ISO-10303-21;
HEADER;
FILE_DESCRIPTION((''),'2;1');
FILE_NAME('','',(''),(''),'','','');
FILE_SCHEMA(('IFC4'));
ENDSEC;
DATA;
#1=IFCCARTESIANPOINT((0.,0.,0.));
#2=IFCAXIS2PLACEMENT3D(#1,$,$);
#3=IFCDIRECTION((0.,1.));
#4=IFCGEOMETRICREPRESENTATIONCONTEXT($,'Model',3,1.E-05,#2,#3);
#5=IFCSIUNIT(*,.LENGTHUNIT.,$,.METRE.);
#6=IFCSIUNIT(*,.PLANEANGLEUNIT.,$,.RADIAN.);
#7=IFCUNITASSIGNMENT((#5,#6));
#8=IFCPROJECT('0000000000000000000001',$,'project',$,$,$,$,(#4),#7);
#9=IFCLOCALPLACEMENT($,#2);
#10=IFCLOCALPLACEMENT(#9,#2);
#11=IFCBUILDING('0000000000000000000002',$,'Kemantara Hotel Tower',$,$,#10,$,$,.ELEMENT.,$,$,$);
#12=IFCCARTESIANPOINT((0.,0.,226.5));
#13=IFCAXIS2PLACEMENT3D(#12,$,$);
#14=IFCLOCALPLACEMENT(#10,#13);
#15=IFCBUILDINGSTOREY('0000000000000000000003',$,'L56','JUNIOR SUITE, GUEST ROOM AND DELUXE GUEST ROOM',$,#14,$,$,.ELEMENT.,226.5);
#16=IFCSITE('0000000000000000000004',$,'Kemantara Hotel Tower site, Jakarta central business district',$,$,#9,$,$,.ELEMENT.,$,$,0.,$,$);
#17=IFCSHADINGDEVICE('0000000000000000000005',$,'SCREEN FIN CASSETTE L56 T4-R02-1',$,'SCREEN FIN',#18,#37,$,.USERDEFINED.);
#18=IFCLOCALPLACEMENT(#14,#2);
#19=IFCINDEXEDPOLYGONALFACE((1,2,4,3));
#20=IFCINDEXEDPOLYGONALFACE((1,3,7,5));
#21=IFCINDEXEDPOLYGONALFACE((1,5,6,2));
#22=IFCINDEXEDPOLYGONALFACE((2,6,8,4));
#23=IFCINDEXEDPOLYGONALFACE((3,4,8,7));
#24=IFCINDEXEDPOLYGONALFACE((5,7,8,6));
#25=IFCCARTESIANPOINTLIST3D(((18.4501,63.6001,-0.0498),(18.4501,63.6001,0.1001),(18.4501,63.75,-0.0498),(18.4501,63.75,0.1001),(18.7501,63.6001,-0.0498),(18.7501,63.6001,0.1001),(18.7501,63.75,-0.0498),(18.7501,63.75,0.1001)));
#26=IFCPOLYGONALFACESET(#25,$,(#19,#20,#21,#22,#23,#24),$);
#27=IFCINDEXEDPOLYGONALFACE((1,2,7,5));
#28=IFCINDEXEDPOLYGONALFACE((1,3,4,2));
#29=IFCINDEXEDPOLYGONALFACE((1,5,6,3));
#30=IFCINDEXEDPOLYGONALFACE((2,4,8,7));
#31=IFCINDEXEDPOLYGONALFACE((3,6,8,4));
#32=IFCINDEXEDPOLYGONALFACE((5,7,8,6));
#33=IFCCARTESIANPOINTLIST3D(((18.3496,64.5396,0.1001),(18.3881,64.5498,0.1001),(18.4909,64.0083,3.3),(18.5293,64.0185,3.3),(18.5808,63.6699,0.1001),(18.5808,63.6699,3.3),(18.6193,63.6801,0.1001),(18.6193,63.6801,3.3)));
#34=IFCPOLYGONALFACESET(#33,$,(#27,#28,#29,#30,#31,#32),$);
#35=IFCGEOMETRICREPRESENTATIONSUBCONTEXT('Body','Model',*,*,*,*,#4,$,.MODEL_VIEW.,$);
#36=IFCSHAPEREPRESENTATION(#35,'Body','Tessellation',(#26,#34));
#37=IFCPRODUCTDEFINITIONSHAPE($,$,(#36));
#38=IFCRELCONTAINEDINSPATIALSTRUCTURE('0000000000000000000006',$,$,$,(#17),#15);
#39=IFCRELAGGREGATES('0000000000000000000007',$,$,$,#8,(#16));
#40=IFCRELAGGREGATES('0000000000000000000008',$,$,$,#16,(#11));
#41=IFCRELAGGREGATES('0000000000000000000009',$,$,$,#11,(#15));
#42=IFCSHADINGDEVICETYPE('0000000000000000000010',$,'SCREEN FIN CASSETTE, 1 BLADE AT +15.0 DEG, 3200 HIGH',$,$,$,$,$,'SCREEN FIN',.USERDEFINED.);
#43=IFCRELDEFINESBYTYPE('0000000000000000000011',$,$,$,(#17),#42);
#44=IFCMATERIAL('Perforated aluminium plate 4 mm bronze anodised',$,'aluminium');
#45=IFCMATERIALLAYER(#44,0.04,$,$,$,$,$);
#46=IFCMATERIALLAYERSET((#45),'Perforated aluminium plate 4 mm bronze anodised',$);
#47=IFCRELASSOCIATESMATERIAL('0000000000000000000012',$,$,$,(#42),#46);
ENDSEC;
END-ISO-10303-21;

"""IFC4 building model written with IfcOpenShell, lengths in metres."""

from ifc_helpers import new_model, si_unit, direction, frame, origin, origin_2d, place, context, subcontext, project, spatial, polyline, rectangle, outline, extrude, source, transform, mapped, material, layer, layer_set, type_object, element, save


model = new_model("IFC4")

# Units and contexts
model_context = context("Model", 3, precision=1e-05, world=origin(), true_north=direction((0.0, 1.0)))
body_context = subcontext(model_context, "Body", "Model", "MODEL_VIEW")
ifc_project = project(units=[si_unit("LENGTHUNIT", "METRE"), si_unit("PLANEANGLEUNIT", "RADIAN")], contexts=[model_context])

# Site, building, storey
site_placement = place(None, origin())
site = spatial("IfcSite", under=ifc_project, at=site_placement, Name="Kemantara Hotel Tower site, Jakarta central business district", CompositionType="ELEMENT", RefElevation=0.0)
building_placement = place(site_placement, origin())
building = spatial("IfcBuilding", under=site, at=building_placement, Name="Kemantara Hotel Tower", CompositionType="ELEMENT")
storey_placement = place(building_placement, frame((0.0, 0.0, 226.5)))
storey = spatial("IfcBuildingStorey", under=building, at=storey_placement, Name="L56", Description="JUNIOR SUITE, GUEST ROOM AND DELUXE GUEST ROOM", CompositionType="ELEMENT", Elevation=226.5)

# Shading device
ifc_material_1 = material(Name="Perforated aluminium plate 4 mm bronze anodised", Category="aluminium")
ifc_layer_1 = layer(ifc_material_1, 0.04)
ifc_layer_set_1 = layer_set([ifc_layer_1], Name="Perforated aluminium plate 4 mm bronze anodised")
shading_device_type_1 = type_object("IfcShadingDeviceType", Name="SCREEN FIN CASSETTE, 1 BLADE AT +15.0 DEG, 3200 HIGH", ElementType="SCREEN FIN", PredefinedType="USERDEFINED", material=ifc_layer_set_1)
shared_shape_1 = source(origin(), body_context, "Body", "SweptSolid", [
    extrude(rectangle(XDim=0.3, YDim=0.1499, at=origin_2d()), frame((0.0, -0.075, -0.1499), z_axis=(0.0, 0.0, 1.0), x_axis=(1.0, 0.0, 0.0)), (0.0, 0.0, 1.0), 0.1499),
    extrude(outline(polyline([(0.0, 0.0), (0.8999, 0.0), (0.3501, 3.2), (0.0, 3.2), (0.0, 0.0)])), frame((0.0193, -0.0698, 0.0), z_axis=(-0.966438, -0.256901, 0.0), x_axis=(0.256901, -0.966438, 0.0)), (0.0, 0.0, 1.0), 0.0398),
])
shading_device_1_placement = place(storey_placement, frame((18.6001, 63.6001, 0.1001), z_axis=(0.0, 0.0, 1.0), x_axis=(-1.0, 0.0, 0.0)))
element("IfcShadingDevice", 1, at=shading_device_1_placement, inside=storey, type_object=shading_device_type_1, Name="SCREEN FIN CASSETTE L56 T4-R02-1", ObjectType="SCREEN FIN", PredefinedType="USERDEFINED", context=body_context, shape_type="MappedRepresentation", body=[
    mapped(shared_shape_1, transform((0.0, 0.0, 0.0))),
])

save(model, "model.ifc")
